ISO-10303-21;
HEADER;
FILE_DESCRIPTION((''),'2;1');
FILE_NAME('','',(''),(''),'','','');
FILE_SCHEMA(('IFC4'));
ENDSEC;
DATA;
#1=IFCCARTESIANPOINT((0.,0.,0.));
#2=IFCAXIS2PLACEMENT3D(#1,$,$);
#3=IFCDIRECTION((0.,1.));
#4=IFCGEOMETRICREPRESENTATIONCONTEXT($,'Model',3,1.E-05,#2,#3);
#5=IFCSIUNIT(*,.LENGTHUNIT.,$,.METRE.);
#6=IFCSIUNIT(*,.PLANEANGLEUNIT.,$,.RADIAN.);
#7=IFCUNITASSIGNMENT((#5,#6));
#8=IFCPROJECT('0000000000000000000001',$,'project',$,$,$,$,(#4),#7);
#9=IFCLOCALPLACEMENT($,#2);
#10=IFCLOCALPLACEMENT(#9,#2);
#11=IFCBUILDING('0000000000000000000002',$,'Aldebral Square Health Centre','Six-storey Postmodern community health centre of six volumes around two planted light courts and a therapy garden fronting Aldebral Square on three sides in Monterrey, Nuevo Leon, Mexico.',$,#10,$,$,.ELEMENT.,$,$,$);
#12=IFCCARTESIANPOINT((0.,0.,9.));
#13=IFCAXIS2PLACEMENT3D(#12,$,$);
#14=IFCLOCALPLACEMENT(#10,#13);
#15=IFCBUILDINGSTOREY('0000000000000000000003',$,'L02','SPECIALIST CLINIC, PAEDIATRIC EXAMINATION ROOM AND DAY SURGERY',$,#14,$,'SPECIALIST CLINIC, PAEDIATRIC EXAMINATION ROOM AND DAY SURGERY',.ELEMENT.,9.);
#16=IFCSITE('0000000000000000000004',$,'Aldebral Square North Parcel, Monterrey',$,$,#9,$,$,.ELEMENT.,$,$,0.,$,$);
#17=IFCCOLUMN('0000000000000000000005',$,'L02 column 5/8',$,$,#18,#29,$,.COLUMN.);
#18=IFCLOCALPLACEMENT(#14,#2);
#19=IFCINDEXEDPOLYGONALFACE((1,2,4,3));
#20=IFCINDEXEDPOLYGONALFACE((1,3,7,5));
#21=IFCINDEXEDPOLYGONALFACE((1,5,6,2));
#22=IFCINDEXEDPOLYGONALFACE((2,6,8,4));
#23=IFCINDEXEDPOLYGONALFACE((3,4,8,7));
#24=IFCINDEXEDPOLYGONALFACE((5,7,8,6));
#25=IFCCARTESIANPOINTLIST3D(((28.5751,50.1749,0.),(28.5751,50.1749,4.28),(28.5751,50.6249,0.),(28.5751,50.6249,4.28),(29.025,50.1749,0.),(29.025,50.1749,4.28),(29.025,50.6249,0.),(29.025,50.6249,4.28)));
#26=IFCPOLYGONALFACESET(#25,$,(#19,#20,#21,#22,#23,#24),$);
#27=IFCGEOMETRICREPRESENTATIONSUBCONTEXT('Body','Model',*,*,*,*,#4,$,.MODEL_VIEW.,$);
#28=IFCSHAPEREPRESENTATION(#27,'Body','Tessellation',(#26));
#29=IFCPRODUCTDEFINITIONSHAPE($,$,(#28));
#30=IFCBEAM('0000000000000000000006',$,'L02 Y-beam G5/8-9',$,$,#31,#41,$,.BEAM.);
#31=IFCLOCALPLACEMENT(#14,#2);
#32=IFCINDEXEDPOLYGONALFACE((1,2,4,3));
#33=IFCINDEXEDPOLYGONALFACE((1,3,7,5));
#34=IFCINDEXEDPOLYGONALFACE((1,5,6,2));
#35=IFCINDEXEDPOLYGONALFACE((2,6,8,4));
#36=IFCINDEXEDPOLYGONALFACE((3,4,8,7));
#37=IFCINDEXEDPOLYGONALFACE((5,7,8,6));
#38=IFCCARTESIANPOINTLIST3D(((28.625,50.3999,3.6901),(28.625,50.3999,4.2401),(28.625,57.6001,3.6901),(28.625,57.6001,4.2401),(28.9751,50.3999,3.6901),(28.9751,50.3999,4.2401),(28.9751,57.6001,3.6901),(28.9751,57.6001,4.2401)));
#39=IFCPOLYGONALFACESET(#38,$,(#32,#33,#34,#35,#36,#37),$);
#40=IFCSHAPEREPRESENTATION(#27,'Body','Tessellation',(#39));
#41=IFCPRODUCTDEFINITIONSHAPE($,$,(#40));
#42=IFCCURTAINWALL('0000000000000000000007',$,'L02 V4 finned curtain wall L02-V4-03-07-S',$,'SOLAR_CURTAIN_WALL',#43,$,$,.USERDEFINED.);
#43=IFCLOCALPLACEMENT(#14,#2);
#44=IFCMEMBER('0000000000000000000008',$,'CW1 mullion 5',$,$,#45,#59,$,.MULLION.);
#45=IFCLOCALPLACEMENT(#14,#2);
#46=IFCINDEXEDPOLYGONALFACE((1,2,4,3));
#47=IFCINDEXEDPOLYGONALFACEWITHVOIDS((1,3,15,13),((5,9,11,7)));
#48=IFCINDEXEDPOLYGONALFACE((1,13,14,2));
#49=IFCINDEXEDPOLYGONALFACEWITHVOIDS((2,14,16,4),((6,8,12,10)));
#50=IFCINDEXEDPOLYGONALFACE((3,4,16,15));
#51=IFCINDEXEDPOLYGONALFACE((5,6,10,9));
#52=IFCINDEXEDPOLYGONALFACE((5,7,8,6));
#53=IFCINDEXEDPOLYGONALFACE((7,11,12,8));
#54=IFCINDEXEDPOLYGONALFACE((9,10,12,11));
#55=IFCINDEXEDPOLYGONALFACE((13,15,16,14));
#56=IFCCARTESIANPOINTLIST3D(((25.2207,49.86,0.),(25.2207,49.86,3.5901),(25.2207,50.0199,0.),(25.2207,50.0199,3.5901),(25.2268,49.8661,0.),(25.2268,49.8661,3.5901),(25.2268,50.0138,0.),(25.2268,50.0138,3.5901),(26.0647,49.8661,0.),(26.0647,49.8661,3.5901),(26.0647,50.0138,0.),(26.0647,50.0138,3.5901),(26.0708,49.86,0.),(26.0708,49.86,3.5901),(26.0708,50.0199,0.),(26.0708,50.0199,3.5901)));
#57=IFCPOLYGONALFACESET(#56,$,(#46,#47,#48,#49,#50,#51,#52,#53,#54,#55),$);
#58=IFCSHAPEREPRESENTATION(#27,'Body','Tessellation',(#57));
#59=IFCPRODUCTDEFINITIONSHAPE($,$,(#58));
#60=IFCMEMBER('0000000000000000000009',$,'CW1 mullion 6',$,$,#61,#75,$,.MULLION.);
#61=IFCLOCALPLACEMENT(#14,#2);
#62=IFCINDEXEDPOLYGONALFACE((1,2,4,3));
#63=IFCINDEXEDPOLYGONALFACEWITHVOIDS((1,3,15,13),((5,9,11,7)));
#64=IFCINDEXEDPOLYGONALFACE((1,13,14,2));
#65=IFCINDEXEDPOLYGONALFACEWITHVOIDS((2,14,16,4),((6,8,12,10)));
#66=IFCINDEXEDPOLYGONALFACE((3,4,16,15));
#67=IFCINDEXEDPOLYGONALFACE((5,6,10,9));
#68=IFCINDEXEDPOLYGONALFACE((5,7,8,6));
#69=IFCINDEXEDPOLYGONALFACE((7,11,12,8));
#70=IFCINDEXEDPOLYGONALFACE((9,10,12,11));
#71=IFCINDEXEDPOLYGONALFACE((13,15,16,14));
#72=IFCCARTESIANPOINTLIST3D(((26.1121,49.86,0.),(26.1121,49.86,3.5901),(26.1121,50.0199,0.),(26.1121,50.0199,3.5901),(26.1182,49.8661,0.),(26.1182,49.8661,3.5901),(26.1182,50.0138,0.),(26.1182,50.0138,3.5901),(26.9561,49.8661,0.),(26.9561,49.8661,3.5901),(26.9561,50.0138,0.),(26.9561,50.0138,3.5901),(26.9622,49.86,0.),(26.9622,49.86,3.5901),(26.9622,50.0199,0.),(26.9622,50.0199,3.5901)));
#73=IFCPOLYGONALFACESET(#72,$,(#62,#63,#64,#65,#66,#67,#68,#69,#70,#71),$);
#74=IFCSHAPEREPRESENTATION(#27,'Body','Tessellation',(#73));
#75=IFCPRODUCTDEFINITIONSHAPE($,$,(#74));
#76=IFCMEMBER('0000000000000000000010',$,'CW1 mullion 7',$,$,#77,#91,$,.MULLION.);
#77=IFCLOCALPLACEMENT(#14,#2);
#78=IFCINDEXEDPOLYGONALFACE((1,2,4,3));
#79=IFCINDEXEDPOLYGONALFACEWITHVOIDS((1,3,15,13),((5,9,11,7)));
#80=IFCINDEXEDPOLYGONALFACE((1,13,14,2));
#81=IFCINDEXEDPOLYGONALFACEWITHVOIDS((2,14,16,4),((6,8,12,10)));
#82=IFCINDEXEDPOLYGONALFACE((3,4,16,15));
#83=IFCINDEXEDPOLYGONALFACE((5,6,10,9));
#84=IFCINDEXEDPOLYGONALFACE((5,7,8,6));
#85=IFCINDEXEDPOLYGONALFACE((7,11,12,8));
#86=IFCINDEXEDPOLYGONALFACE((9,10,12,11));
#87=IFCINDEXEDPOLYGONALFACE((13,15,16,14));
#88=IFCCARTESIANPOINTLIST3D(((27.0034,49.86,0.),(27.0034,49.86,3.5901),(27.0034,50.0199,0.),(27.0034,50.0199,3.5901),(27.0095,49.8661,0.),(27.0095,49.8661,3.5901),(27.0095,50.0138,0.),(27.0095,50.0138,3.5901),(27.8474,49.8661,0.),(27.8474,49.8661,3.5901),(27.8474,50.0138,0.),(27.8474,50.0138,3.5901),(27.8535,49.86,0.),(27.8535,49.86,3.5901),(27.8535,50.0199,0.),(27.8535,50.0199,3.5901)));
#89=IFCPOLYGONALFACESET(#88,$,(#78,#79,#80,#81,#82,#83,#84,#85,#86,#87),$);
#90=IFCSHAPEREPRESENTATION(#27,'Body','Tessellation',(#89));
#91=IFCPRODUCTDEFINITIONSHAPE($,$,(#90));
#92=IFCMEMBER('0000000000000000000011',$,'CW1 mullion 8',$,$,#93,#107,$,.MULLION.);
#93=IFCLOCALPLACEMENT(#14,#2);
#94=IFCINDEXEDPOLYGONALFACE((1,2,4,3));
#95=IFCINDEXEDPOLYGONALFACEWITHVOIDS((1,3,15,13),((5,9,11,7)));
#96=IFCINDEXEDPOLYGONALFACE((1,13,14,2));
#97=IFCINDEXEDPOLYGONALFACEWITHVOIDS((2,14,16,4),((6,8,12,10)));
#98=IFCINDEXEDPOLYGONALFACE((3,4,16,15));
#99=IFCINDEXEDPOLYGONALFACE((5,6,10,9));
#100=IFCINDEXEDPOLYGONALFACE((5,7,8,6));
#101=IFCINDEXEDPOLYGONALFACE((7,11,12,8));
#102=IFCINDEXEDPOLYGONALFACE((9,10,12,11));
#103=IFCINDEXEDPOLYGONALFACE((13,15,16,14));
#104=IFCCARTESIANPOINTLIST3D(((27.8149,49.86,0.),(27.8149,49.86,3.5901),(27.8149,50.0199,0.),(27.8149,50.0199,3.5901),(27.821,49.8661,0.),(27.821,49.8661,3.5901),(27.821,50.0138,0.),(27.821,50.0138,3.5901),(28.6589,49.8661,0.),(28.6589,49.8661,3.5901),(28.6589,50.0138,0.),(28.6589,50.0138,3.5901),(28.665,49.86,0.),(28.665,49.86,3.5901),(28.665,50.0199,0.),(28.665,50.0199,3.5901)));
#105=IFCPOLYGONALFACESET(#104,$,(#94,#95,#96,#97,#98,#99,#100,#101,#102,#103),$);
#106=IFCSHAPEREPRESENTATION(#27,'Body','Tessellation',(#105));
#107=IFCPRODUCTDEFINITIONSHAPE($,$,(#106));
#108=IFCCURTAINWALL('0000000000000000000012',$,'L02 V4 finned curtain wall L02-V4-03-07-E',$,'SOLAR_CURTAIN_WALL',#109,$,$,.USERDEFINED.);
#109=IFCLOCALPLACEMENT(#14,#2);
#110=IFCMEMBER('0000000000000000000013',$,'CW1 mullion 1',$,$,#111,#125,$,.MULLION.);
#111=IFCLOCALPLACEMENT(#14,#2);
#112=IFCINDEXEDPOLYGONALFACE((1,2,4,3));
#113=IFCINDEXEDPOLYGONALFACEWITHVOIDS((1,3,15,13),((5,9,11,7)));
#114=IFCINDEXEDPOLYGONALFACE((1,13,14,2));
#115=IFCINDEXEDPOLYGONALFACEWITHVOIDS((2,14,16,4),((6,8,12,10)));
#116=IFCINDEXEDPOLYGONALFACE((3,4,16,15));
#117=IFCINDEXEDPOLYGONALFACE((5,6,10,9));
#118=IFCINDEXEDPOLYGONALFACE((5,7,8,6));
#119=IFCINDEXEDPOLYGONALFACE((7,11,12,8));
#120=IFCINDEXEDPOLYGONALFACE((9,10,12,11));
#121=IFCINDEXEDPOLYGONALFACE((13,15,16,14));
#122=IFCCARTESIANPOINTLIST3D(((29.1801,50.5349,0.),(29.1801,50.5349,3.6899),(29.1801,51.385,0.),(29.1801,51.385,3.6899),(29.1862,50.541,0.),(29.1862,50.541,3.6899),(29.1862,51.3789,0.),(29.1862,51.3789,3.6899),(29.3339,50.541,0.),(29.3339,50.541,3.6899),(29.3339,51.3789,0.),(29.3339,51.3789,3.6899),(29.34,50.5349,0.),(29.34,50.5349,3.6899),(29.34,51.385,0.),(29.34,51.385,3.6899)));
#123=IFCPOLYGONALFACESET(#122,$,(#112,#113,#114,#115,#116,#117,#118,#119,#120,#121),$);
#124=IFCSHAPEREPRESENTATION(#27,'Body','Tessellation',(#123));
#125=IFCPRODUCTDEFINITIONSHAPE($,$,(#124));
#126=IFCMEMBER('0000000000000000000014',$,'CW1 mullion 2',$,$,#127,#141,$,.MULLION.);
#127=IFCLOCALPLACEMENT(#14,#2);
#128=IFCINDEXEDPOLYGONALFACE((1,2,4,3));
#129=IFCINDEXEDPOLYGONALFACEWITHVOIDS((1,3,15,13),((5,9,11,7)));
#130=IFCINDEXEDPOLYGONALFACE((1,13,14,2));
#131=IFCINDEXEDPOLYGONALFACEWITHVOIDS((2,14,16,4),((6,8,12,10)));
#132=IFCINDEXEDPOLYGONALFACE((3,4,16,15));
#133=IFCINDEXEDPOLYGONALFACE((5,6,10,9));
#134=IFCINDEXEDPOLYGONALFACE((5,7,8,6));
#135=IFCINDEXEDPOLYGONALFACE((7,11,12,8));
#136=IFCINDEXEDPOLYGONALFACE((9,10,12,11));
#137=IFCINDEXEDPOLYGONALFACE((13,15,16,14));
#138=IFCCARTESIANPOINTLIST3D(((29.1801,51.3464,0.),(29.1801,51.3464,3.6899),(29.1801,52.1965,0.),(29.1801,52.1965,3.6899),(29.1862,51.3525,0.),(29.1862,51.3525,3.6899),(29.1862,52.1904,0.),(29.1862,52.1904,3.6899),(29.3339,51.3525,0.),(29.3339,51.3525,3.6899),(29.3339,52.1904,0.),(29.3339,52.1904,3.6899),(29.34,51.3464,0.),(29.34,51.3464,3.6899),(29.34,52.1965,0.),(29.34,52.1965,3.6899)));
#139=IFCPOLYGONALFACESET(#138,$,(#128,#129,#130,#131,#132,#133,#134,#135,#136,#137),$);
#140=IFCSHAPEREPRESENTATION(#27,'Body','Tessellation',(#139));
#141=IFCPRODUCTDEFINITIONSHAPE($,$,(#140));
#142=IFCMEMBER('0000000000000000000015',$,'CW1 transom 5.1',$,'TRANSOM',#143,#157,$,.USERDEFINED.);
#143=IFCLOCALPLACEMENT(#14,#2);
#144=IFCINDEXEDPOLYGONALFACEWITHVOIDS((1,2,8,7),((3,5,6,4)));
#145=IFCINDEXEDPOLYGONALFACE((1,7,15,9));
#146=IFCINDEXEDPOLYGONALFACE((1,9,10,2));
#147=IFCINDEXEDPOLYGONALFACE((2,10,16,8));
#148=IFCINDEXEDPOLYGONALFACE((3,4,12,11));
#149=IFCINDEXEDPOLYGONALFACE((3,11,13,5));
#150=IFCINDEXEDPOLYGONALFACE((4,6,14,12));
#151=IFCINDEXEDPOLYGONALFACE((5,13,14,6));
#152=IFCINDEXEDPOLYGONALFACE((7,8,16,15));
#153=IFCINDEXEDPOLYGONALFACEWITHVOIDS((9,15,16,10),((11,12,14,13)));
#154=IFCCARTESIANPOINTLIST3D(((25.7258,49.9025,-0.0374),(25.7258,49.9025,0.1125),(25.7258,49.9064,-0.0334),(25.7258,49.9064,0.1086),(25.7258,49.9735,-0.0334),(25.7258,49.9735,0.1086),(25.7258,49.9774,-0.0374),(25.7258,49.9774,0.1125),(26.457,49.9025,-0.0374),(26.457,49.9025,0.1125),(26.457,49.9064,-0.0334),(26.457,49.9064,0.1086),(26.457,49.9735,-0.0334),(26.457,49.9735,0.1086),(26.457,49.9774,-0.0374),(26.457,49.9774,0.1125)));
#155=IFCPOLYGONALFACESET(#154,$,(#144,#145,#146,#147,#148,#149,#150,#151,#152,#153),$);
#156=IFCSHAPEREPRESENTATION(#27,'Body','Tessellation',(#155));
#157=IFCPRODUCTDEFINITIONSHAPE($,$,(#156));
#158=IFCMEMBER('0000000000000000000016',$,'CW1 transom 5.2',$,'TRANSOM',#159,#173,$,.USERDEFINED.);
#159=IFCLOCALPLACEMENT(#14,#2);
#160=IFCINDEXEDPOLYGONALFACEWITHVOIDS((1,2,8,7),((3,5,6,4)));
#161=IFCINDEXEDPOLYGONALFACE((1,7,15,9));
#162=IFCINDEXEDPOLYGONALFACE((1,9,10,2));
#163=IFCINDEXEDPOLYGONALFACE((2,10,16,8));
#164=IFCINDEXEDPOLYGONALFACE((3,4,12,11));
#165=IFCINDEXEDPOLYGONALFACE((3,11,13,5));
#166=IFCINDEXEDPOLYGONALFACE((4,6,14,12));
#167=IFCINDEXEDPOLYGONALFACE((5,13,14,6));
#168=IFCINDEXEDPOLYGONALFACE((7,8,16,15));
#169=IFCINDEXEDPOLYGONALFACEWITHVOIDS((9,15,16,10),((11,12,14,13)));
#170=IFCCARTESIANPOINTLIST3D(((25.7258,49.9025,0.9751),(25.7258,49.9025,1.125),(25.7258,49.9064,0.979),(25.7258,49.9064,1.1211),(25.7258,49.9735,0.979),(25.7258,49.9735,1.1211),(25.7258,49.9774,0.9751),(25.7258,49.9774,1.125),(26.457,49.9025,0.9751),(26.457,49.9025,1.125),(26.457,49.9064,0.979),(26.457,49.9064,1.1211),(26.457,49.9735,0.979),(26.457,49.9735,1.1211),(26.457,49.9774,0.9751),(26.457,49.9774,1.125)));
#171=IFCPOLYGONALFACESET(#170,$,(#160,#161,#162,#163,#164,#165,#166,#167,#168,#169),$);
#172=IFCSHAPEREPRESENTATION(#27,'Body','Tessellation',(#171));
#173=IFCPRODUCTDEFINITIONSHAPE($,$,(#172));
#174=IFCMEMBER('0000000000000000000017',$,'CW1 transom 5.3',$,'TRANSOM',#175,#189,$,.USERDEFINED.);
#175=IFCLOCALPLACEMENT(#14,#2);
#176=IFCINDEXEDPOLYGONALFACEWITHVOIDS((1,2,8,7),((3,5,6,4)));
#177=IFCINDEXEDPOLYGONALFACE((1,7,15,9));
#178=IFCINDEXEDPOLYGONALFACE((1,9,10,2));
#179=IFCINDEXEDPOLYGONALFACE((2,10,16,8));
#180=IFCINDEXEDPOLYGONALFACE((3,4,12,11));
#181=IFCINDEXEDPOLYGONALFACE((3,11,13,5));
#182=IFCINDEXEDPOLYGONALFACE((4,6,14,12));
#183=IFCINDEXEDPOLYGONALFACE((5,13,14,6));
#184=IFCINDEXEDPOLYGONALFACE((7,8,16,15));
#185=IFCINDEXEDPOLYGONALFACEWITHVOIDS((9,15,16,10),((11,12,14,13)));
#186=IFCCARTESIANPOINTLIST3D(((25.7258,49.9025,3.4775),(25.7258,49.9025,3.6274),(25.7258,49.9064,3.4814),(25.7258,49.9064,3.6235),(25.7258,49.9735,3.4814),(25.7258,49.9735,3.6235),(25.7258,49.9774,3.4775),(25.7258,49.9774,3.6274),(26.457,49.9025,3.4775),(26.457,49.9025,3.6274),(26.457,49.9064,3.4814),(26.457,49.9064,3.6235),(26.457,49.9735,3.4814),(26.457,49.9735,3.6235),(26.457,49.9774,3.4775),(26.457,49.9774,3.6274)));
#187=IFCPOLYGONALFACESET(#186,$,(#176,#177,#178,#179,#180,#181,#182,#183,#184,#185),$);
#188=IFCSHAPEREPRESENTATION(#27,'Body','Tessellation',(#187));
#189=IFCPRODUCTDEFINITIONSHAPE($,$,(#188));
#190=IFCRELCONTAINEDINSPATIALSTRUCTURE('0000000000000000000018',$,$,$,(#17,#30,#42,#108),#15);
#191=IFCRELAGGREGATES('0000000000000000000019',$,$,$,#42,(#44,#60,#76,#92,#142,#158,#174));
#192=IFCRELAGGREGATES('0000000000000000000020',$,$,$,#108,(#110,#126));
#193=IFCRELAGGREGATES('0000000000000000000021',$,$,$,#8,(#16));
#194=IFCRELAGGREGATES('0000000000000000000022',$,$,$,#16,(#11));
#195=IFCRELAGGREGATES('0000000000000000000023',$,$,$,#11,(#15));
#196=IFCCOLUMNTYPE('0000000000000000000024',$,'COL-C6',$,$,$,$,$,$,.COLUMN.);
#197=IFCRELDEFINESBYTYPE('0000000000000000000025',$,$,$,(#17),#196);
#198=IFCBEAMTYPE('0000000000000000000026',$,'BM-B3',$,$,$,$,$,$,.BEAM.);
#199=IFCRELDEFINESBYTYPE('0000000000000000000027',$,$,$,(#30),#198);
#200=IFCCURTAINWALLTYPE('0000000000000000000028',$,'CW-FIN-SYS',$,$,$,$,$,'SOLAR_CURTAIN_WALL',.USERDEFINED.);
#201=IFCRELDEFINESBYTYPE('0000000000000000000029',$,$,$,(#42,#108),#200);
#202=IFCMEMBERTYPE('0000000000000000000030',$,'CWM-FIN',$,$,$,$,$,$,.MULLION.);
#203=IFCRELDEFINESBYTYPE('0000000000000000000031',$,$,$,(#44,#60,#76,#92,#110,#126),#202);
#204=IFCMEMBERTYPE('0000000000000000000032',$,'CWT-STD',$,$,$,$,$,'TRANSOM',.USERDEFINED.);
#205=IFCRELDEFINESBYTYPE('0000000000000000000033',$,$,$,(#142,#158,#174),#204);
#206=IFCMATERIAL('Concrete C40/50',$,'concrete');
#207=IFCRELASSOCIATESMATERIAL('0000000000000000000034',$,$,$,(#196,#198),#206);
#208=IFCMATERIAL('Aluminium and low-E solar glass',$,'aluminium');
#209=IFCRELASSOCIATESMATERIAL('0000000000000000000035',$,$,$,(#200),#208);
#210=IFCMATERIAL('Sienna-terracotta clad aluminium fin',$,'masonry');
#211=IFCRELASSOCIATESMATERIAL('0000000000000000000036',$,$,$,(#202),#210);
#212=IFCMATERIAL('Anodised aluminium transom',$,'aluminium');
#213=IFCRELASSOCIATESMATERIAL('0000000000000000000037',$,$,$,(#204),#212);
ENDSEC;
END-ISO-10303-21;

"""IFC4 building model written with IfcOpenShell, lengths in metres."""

from ifc_helpers import new_model, si_unit, direction, frame, origin, origin_2d, place, context, subcontext, project, spatial, rectangle, hollow_rectangle, extrude, material, material_profile, profile_set, type_object, element, aggregate, save


model = new_model("IFC4")

# Units and contexts
model_context = context("Model", 3, precision=1e-05, world=origin(), true_north=direction((0.0, 1.0)))
body_context = subcontext(model_context, "Body", "Model", "MODEL_VIEW")
ifc_project = project(units=[si_unit("LENGTHUNIT", "METRE"), si_unit("PLANEANGLEUNIT", "RADIAN")], contexts=[model_context])

# Site, building, storey
site_placement = place(None, origin())
site = spatial("IfcSite", under=ifc_project, at=site_placement, Name="Aldebral Square North Parcel, Monterrey", CompositionType="ELEMENT", RefElevation=0.0)
building_placement = place(site_placement, origin())
building = spatial("IfcBuilding", under=site, at=building_placement, Name="Aldebral Square Health Centre", Description="Six-storey Postmodern community health centre of six volumes around two planted light courts and a therapy garden fronting Aldebral Square on three sides in Monterrey, Nuevo Leon, Mexico.", CompositionType="ELEMENT")
storey_placement = place(building_placement, frame((0.0, 0.0, 9.0)))
storey = spatial("IfcBuildingStorey", under=building, at=storey_placement, Name="L02", Description="SPECIALIST CLINIC, PAEDIATRIC EXAMINATION ROOM AND DAY SURGERY", LongName="SPECIALIST CLINIC, PAEDIATRIC EXAMINATION ROOM AND DAY SURGERY", CompositionType="ELEMENT", Elevation=9.0)

# Column
ifc_material_1 = material(Name="Concrete C40/50", Category="concrete")
ifc_material_profile_1 = material_profile(ifc_material_1, rectangle(XDim=0.45, YDim=0.45, at=origin_2d()), Name="RC 450x450")
ifc_profile_set_1 = profile_set([ifc_material_profile_1], Name="Concrete C40/50")
column_type = type_object("IfcColumnType", Name="COL-C6", PredefinedType="COLUMN", material=ifc_profile_set_1)
column_placement = place(storey_placement, frame((28.8, 50.3999, 0.0), z_axis=(0.0, 0.0, 1.0), x_axis=(1.0, 0.0, 0.0)))
element("IfcColumn", 1, at=column_placement, inside=storey, type_object=column_type, Name="L02 column 5/8", PredefinedType="COLUMN", context=body_context, shape_type="SweptSolid", body=[
    extrude(rectangle(XDim=0.45, YDim=0.45, at=origin_2d()), origin(), (0.0, 0.0, 1.0), 4.28),
])

# Beam
ifc_material_profile_2 = material_profile(ifc_material_1, rectangle(XDim=0.3501, YDim=0.55, at=origin_2d()), Name="RC 350x550")
ifc_profile_set_2 = profile_set([ifc_material_profile_2], Name="Concrete C40/50")
beam_type = type_object("IfcBeamType", Name="BM-B3", PredefinedType="BEAM", material=ifc_profile_set_2)
beam_placement = place(storey_placement, frame((28.8, 50.3999, 3.9651), z_axis=(0.0, 1.0, 0.0), x_axis=(-1.0, 0.0, 0.0)))
element("IfcBeam", 2, at=beam_placement, inside=storey, type_object=beam_type, Name="L02 Y-beam G5/8-9", PredefinedType="BEAM", context=body_context, shape_type="SweptSolid", body=[
    extrude(rectangle(XDim=0.3501, YDim=0.55, at=origin_2d()), origin(), (0.0, 0.0, 1.0), 7.2002),
])

# Curtain walls, members
ifc_material_2 = material(Name="Aluminium and low-E solar glass", Category="aluminium")
curtain_wall_type = type_object("IfcCurtainWallType", Name="CW-FIN-SYS", ElementType="SOLAR_CURTAIN_WALL", PredefinedType="USERDEFINED", material=ifc_material_2)
curtain_wall_1_placement = place(storey_placement, origin())
curtain_wall_1 = element("IfcCurtainWall", 3, at=curtain_wall_1_placement, inside=storey, type_object=curtain_wall_type, Name="L02 V4 finned curtain wall L02-V4-03-07-S", ObjectType="SOLAR_CURTAIN_WALL", PredefinedType="USERDEFINED")
ifc_material_3 = material(Name="Sienna-terracotta clad aluminium fin", Category="masonry")
ifc_material_profile_3 = material_profile(ifc_material_3, hollow_rectangle(XDim=0.1599, YDim=0.8501, WallThickness=0.0061, at=origin_2d()), Name="FIN 160x850x6")
ifc_profile_set_3 = profile_set([ifc_material_profile_3], Name="Sienna-terracotta clad aluminium fin")
member_type_1 = type_object("IfcMemberType", Name="CWM-FIN", PredefinedType="MULLION", material=ifc_profile_set_3)
member_1_placement = place(storey_placement, frame((25.6458, 49.9399, 0.0), z_axis=(0.0, 0.0, 1.0), x_axis=(0.0, 1.0, 0.0)))
member_1 = element("IfcMember", 4, at=member_1_placement, type_object=member_type_1, Name="CW1 mullion 5", PredefinedType="MULLION", context=body_context, shape_type="SweptSolid", body=[
    extrude(hollow_rectangle(XDim=0.1599, YDim=0.8501, WallThickness=0.0061, at=origin_2d()), origin(), (0.0, 0.0, 1.0), 3.5901),
])
member_2_placement = place(storey_placement, frame((26.5371, 49.9399, 0.0), z_axis=(0.0, 0.0, 1.0), x_axis=(0.0, 1.0, 0.0)))
member_2 = element("IfcMember", 5, at=member_2_placement, type_object=member_type_1, Name="CW1 mullion 6", PredefinedType="MULLION", context=body_context, shape_type="SweptSolid", body=[
    extrude(hollow_rectangle(XDim=0.1599, YDim=0.8501, WallThickness=0.0061, at=origin_2d()), origin(), (0.0, 0.0, 1.0), 3.5901),
])
member_3_placement = place(storey_placement, frame((27.4285, 49.9399, 0.0), z_axis=(0.0, 0.0, 1.0), x_axis=(0.0, 1.0, 0.0)))
member_3 = element("IfcMember", 6, at=member_3_placement, type_object=member_type_1, Name="CW1 mullion 7", PredefinedType="MULLION", context=body_context, shape_type="SweptSolid", body=[
    extrude(hollow_rectangle(XDim=0.1599, YDim=0.8501, WallThickness=0.0061, at=origin_2d()), origin(), (0.0, 0.0, 1.0), 3.5901),
])
member_4_placement = place(storey_placement, frame((28.24, 49.9399, 0.0), z_axis=(0.0, 0.0, 1.0), x_axis=(0.0, 1.0, 0.0)))
member_4 = element("IfcMember", 7, at=member_4_placement, type_object=member_type_1, Name="CW1 mullion 8", PredefinedType="MULLION", context=body_context, shape_type="SweptSolid", body=[
    extrude(hollow_rectangle(XDim=0.1599, YDim=0.8501, WallThickness=0.0061, at=origin_2d()), origin(), (0.0, 0.0, 1.0), 3.5901),
])
curtain_wall_2_placement = place(storey_placement, origin())
curtain_wall_2 = element("IfcCurtainWall", 8, at=curtain_wall_2_placement, inside=storey, type_object=curtain_wall_type, Name="L02 V4 finned curtain wall L02-V4-03-07-E", ObjectType="SOLAR_CURTAIN_WALL", PredefinedType="USERDEFINED")
member_5_placement = place(storey_placement, frame((29.26, 50.96, 0.0), z_axis=(0.0, 0.0, 1.0), x_axis=(-1.0, 0.0, 0.0)))
member_5 = element("IfcMember", 9, at=member_5_placement, type_object=member_type_1, Name="CW1 mullion 1", PredefinedType="MULLION", context=body_context, shape_type="SweptSolid", body=[
    extrude(hollow_rectangle(XDim=0.1599, YDim=0.8501, WallThickness=0.0061, at=origin_2d()), origin(), (0.0, 0.0, 1.0), 3.6899),
])
member_6_placement = place(storey_placement, frame((29.26, 51.7715, 0.0), z_axis=(0.0, 0.0, 1.0), x_axis=(-1.0, 0.0, 0.0)))
member_6 = element("IfcMember", 10, at=member_6_placement, type_object=member_type_1, Name="CW1 mullion 2", PredefinedType="MULLION", context=body_context, shape_type="SweptSolid", body=[
    extrude(hollow_rectangle(XDim=0.1599, YDim=0.8501, WallThickness=0.0061, at=origin_2d()), origin(), (0.0, 0.0, 1.0), 3.6899),
])

# Members
ifc_material_4 = material(Name="Anodised aluminium transom", Category="aluminium")
ifc_material_profile_4 = material_profile(ifc_material_4, hollow_rectangle(XDim=0.075, YDim=0.1499, WallThickness=0.0039, at=origin_2d()), Name="CWT 75x150x4")
ifc_profile_set_4 = profile_set([ifc_material_profile_4], Name="Anodised aluminium transom")
member_type_2 = type_object("IfcMemberType", Name="CWT-STD", ElementType="TRANSOM", PredefinedType="USERDEFINED", material=ifc_profile_set_4)
member_7_placement = place(storey_placement, frame((25.7258, 49.9399, 0.0376), z_axis=(1.0, 0.0, 0.0), x_axis=(0.0, 1.0, 0.0)))
member_7 = element("IfcMember", 11, at=member_7_placement, type_object=member_type_2, Name="CW1 transom 5.1", ObjectType="TRANSOM", PredefinedType="USERDEFINED", context=body_context, shape_type="SweptSolid", body=[
    extrude(hollow_rectangle(XDim=0.075, YDim=0.1499, WallThickness=0.0039, at=origin_2d()), origin(), (0.0, 0.0, 1.0), 0.7312),
])
member_8_placement = place(storey_placement, frame((25.7258, 49.9399, 1.05), z_axis=(1.0, 0.0, 0.0), x_axis=(0.0, 1.0, 0.0)))
member_8 = element("IfcMember", 12, at=member_8_placement, type_object=member_type_2, Name="CW1 transom 5.2", ObjectType="TRANSOM", PredefinedType="USERDEFINED", context=body_context, shape_type="SweptSolid", body=[
    extrude(hollow_rectangle(XDim=0.075, YDim=0.1499, WallThickness=0.0039, at=origin_2d()), origin(), (0.0, 0.0, 1.0), 0.7312),
])
member_9_placement = place(storey_placement, frame((25.7258, 49.9399, 3.5525), z_axis=(1.0, 0.0, 0.0), x_axis=(0.0, 1.0, 0.0)))
member_9 = element("IfcMember", 13, at=member_9_placement, type_object=member_type_2, Name="CW1 transom 5.3", ObjectType="TRANSOM", PredefinedType="USERDEFINED", context=body_context, shape_type="SweptSolid", body=[
    extrude(hollow_rectangle(XDim=0.075, YDim=0.1499, WallThickness=0.0039, at=origin_2d()), origin(), (0.0, 0.0, 1.0), 0.7312),
])

aggregate(curtain_wall_1, [member_1, member_2, member_3, member_4, member_7, member_8, member_9])
aggregate(curtain_wall_2, [member_5, member_6])

save(model, "model.ifc")
